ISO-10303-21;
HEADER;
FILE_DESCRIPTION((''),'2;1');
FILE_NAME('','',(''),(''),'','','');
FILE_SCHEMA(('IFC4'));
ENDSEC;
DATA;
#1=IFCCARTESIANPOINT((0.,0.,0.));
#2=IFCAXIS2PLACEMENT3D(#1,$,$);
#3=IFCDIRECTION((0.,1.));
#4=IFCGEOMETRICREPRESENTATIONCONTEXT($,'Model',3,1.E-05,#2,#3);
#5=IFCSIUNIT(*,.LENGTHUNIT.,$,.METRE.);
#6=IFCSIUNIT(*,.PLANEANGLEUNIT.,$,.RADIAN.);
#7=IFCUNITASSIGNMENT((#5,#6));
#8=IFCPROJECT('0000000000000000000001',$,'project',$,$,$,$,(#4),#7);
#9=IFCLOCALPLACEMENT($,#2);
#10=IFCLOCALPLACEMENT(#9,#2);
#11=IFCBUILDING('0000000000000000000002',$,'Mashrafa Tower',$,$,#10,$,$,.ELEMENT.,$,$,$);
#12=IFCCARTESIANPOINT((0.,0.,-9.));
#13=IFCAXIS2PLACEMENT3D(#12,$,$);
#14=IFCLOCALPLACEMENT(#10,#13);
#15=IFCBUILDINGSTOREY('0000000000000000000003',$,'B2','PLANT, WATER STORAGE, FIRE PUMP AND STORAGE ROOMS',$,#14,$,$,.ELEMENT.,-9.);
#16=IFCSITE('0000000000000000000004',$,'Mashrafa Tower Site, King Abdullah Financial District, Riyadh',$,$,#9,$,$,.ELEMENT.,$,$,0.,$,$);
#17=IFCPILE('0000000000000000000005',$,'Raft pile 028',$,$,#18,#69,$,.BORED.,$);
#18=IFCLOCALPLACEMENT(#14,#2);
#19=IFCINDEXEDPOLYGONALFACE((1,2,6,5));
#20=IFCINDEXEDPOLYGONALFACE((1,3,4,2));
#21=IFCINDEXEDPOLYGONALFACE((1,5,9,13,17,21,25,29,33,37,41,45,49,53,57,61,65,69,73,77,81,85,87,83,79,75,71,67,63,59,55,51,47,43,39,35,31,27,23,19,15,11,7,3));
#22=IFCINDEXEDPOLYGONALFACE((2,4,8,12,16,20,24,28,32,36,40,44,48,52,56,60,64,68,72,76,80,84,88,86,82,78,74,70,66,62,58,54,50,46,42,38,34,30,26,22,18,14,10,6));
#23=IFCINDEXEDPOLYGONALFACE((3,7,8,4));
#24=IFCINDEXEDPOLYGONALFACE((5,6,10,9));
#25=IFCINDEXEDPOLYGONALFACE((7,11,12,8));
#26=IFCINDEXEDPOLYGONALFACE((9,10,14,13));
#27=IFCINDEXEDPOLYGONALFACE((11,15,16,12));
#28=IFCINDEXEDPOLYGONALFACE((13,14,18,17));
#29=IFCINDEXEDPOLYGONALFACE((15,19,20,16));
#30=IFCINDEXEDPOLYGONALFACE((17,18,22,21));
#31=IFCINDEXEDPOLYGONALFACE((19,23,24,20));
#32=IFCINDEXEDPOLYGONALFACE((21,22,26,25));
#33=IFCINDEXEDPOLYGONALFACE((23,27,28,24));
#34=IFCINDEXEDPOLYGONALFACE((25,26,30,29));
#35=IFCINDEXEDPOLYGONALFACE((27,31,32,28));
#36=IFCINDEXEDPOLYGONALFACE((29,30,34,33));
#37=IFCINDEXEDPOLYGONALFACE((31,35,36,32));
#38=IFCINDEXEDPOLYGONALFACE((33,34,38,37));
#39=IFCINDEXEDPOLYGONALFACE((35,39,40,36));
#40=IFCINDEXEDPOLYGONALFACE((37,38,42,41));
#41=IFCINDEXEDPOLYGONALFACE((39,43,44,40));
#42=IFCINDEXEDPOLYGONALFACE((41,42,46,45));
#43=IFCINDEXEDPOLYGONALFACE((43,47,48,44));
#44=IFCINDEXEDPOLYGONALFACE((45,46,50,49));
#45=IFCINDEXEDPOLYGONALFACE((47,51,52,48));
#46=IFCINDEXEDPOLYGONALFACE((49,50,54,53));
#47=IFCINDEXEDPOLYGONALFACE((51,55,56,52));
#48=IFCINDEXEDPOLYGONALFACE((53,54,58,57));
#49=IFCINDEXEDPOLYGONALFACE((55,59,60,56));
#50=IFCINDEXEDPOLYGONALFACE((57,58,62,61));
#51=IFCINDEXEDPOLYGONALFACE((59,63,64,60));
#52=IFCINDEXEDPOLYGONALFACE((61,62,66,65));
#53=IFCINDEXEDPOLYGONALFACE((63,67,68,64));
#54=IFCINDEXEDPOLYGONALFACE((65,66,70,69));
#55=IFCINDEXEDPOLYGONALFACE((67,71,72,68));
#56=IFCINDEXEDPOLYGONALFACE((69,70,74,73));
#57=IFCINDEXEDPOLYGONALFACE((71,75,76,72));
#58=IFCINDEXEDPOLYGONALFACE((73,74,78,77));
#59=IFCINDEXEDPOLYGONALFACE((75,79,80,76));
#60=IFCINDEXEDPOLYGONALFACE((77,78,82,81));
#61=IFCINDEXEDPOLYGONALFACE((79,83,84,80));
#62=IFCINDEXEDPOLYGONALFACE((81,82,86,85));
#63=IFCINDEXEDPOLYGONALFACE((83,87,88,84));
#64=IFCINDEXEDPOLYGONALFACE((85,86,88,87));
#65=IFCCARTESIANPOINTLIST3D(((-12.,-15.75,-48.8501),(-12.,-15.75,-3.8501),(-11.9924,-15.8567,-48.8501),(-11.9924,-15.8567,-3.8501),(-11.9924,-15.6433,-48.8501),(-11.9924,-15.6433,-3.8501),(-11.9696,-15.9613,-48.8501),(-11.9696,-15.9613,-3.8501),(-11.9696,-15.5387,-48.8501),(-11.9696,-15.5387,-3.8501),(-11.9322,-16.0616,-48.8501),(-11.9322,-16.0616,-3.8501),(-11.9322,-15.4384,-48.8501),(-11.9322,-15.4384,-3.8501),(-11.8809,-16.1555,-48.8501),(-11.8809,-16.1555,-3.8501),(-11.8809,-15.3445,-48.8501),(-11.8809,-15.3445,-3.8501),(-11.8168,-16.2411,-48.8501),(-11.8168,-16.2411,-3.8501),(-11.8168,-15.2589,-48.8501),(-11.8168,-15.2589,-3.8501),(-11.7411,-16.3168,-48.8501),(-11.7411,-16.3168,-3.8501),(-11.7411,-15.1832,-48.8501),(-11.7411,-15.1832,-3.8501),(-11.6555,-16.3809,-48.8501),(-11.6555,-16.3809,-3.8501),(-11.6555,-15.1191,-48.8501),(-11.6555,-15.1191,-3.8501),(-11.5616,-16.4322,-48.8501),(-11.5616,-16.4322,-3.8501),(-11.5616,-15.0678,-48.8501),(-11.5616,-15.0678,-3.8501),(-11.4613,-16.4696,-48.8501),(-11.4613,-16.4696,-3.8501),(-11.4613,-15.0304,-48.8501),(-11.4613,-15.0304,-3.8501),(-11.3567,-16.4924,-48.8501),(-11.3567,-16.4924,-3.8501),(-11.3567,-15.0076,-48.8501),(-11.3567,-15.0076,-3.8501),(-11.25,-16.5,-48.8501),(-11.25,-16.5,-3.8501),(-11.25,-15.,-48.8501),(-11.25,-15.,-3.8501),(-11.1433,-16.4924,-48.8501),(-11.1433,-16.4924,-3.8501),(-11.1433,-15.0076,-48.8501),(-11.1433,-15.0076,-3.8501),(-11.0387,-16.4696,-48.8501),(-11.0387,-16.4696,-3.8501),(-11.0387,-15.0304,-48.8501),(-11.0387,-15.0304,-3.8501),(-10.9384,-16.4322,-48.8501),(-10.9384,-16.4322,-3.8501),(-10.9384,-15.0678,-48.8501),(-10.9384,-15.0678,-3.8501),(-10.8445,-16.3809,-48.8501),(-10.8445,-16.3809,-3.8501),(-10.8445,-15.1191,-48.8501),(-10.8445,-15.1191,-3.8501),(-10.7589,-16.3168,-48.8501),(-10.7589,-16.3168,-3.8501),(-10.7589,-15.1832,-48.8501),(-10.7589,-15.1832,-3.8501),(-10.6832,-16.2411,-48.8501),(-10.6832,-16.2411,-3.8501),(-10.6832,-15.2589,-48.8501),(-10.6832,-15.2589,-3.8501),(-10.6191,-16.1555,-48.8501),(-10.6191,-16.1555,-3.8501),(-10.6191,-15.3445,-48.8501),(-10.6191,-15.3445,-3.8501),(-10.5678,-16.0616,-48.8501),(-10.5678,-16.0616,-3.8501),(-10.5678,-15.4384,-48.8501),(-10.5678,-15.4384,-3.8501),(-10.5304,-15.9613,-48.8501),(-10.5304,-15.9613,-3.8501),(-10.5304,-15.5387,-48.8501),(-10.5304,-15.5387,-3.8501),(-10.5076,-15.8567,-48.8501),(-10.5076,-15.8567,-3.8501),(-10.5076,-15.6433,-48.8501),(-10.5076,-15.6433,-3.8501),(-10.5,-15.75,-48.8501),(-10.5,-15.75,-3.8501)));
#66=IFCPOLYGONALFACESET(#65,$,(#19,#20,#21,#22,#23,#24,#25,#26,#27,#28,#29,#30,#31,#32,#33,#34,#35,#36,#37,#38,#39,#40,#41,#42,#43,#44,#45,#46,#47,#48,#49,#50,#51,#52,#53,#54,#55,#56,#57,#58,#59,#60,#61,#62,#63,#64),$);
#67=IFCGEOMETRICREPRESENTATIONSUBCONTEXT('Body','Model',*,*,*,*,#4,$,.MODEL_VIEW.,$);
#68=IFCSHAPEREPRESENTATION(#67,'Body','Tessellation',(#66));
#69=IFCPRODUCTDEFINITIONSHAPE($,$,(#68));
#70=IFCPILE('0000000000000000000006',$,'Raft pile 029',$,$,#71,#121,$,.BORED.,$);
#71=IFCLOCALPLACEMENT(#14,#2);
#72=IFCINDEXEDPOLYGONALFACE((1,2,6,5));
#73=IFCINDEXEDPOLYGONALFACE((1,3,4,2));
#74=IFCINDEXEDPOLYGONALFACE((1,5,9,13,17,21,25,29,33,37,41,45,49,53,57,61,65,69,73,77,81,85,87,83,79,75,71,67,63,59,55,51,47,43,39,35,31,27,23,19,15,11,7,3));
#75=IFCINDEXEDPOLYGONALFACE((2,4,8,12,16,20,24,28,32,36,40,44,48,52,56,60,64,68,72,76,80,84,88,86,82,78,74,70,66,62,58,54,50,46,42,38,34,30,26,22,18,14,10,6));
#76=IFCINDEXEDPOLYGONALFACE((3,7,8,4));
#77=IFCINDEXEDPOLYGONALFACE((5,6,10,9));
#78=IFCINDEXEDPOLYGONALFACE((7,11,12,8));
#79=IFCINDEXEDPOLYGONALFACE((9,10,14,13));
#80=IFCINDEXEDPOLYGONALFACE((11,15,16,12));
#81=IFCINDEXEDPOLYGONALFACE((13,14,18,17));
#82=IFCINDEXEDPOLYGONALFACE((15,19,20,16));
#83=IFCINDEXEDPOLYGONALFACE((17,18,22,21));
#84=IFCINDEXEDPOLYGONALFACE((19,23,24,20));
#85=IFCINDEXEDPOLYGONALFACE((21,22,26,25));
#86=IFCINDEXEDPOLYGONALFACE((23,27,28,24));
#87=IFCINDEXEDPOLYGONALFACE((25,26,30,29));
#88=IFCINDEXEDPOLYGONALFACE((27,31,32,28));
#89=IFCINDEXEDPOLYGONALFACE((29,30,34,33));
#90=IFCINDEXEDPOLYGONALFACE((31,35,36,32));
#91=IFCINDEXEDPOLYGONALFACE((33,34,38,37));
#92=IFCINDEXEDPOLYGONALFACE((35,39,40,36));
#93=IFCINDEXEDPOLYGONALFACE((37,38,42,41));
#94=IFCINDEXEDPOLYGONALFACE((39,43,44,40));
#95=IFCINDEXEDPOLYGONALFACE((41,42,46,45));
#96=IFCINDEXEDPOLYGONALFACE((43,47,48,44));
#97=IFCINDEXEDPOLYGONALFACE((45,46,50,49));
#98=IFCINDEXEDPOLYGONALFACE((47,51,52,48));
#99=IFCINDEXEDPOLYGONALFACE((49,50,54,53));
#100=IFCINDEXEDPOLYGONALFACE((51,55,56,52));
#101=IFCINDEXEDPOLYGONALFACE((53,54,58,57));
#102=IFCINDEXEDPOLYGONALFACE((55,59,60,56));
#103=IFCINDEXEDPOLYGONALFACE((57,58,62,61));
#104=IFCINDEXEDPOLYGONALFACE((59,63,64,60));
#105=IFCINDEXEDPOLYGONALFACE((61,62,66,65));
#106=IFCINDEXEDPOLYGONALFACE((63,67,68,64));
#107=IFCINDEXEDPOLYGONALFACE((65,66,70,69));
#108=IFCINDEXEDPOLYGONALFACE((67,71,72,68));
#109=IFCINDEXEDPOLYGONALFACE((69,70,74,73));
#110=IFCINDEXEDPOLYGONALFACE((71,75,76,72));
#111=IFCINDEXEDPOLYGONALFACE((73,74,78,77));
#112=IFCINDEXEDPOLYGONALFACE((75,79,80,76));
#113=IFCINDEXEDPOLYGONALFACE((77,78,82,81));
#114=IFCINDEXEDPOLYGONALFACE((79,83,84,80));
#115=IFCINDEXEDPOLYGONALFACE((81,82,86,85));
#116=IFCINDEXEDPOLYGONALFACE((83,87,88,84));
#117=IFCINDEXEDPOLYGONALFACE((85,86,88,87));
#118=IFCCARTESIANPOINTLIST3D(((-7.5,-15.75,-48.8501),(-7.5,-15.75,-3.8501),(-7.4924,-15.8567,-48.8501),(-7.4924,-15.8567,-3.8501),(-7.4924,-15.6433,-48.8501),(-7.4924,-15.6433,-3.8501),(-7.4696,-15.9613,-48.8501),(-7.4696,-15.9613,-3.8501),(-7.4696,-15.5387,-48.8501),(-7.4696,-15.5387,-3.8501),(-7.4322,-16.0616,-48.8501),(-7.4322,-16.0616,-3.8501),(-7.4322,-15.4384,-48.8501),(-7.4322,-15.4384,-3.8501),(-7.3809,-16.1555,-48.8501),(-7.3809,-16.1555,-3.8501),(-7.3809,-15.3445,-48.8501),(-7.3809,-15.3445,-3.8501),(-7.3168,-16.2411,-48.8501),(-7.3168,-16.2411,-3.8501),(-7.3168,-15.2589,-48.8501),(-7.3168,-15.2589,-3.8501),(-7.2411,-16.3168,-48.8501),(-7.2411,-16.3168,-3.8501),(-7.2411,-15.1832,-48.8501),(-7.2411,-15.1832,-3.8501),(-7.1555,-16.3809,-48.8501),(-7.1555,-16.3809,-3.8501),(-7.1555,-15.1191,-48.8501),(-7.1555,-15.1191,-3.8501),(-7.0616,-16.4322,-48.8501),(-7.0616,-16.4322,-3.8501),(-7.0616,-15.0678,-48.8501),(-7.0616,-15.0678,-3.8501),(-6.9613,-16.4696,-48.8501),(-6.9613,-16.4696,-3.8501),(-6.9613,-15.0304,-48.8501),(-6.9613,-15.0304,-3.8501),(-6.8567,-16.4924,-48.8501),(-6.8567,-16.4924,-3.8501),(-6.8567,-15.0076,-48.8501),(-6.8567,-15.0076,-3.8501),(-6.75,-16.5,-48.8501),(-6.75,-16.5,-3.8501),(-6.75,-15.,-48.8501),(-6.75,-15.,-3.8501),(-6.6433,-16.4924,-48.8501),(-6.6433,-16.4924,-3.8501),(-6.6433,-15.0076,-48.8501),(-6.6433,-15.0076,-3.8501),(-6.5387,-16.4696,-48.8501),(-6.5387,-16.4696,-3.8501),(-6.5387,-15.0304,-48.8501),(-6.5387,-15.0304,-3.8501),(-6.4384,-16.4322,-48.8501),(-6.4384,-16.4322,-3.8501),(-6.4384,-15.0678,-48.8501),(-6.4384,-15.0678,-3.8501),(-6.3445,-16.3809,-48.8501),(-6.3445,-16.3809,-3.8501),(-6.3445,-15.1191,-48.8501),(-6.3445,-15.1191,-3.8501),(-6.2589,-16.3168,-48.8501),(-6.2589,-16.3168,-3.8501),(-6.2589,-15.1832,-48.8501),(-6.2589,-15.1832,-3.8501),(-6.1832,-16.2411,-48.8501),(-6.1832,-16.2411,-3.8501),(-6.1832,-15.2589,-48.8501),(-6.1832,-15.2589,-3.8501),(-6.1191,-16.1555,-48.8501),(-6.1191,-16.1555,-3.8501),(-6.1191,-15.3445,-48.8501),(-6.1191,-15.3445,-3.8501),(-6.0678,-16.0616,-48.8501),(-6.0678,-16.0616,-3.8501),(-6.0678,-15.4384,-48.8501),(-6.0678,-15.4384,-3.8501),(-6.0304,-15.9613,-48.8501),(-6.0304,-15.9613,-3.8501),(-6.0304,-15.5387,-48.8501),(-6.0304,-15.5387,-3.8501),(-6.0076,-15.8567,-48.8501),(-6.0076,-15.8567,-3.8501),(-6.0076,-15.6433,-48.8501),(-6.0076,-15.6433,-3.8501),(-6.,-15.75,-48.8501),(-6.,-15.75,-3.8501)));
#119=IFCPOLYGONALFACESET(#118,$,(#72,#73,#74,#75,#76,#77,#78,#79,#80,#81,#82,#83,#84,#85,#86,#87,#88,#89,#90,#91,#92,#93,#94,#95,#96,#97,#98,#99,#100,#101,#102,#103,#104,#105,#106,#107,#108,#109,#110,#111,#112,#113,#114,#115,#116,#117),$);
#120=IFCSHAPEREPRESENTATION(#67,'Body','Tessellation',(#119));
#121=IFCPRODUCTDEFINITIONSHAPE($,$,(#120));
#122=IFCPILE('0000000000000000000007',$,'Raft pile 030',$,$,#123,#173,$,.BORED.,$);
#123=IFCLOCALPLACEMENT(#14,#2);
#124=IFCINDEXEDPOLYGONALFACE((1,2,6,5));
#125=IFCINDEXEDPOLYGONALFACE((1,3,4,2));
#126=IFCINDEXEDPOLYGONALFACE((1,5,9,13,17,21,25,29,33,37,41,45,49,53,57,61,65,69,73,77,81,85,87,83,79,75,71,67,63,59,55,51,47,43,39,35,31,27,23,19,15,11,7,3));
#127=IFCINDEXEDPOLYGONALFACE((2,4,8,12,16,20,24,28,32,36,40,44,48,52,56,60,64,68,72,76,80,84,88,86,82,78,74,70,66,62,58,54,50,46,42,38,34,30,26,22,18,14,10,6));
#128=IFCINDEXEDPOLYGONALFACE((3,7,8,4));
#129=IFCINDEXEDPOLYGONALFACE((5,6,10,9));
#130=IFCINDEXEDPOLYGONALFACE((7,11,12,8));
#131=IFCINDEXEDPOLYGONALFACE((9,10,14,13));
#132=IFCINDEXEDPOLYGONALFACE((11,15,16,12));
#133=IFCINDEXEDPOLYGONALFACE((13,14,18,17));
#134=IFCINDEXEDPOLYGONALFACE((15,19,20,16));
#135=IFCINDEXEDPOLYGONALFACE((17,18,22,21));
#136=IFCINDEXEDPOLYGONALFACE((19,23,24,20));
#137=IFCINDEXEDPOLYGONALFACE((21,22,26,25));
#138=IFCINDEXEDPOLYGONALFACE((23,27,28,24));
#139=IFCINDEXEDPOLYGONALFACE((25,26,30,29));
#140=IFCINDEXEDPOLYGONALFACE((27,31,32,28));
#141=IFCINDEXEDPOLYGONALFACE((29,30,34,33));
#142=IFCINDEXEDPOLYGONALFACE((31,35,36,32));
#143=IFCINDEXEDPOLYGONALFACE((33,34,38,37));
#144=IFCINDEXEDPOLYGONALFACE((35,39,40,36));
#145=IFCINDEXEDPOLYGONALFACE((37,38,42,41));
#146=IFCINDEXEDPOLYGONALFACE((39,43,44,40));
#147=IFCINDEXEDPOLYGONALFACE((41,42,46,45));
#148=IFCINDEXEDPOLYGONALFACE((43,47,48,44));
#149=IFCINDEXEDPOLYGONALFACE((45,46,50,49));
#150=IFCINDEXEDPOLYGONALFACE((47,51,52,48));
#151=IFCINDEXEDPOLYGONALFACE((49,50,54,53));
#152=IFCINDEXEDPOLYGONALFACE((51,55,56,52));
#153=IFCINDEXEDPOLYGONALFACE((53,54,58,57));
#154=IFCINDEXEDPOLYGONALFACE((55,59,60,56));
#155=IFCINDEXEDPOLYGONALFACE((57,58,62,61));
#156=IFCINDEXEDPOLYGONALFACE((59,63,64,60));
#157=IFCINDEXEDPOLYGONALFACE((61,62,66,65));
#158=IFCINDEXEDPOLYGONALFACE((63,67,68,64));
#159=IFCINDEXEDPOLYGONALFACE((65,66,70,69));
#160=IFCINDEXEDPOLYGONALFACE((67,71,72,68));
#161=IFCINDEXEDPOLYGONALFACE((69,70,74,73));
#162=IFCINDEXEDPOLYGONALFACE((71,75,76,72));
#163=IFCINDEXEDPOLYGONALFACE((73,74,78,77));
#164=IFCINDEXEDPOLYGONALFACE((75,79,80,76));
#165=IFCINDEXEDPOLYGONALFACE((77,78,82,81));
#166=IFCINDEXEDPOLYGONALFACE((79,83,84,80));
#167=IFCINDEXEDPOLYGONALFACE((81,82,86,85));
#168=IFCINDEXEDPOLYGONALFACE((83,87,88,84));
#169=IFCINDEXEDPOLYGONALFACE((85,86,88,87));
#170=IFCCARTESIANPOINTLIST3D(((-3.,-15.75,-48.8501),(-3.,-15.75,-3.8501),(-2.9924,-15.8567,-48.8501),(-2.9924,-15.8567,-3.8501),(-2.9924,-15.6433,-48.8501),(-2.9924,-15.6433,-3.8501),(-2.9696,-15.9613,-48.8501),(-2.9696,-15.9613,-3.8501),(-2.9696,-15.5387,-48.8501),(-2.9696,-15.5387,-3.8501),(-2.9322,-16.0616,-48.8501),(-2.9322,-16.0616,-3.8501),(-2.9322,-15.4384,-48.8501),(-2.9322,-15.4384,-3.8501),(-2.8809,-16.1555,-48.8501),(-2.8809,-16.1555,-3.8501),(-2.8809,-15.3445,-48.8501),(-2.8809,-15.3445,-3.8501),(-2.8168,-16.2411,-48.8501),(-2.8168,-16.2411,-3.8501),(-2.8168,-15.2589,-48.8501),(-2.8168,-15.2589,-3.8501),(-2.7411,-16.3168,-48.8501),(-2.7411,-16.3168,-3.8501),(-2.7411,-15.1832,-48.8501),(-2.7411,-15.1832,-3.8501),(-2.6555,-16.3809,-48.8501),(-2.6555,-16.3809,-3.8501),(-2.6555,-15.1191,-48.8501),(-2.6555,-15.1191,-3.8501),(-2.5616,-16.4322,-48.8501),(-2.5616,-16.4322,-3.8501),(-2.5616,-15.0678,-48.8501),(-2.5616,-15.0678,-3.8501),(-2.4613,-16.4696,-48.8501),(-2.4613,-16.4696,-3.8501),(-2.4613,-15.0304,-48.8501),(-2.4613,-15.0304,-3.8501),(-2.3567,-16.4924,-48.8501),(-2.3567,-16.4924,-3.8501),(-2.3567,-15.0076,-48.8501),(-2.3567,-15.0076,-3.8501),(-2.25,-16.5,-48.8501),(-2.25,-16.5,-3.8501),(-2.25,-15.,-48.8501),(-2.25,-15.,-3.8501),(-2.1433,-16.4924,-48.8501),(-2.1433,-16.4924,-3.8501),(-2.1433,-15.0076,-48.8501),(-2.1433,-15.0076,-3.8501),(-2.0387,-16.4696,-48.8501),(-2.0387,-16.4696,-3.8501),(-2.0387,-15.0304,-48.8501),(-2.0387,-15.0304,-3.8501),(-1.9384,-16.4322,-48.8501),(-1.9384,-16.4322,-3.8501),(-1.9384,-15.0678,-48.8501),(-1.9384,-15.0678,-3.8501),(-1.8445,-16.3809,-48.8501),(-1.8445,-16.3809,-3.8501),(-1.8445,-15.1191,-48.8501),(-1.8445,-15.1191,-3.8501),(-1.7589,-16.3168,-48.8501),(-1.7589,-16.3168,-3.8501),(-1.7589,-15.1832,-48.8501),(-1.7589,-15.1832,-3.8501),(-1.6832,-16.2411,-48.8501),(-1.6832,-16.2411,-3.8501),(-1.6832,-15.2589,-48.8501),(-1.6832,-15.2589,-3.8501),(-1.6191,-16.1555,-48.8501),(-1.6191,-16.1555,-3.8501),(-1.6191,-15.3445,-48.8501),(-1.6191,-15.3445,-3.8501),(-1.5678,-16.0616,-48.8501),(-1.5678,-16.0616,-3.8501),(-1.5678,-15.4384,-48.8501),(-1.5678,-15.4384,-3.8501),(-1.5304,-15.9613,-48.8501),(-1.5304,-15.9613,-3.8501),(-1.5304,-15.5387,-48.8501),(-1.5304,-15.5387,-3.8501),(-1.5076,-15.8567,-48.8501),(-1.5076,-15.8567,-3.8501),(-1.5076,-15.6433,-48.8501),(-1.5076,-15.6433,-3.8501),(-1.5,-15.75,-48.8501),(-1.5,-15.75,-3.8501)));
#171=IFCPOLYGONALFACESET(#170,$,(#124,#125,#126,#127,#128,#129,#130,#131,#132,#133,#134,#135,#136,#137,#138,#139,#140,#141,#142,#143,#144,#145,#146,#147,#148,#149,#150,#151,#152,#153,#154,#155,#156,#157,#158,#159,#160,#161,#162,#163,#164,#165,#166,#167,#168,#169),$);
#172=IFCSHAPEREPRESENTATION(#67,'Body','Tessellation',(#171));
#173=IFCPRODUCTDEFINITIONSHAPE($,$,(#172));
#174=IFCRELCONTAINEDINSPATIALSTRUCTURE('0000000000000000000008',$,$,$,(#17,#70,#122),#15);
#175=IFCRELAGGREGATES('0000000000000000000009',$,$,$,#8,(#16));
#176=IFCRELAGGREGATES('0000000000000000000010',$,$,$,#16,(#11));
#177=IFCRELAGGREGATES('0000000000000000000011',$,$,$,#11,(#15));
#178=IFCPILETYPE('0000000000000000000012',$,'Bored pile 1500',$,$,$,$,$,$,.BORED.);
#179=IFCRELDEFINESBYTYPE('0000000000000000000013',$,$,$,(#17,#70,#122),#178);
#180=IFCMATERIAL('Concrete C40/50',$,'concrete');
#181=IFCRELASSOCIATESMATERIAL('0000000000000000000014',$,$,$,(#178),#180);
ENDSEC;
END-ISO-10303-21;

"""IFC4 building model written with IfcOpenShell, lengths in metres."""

from ifc_helpers import new_model, si_unit, direction, frame, origin, origin_2d, place, context, subcontext, project, spatial, circle, extrude, material, material_profile, profile_set, type_object, element, save


model = new_model("IFC4")

# Units and contexts
model_context = context("Model", 3, precision=1e-05, world=origin(), true_north=direction((0.0, 1.0)))
body_context = subcontext(model_context, "Body", "Model", "MODEL_VIEW")
ifc_project = project(units=[si_unit("LENGTHUNIT", "METRE"), si_unit("PLANEANGLEUNIT", "RADIAN")], contexts=[model_context])

# Site, building, storey
site_placement = place(None, origin())
site = spatial("IfcSite", under=ifc_project, at=site_placement, Name="Mashrafa Tower Site, King Abdullah Financial District, Riyadh", CompositionType="ELEMENT", RefElevation=0.0)
building_placement = place(site_placement, origin())
building = spatial("IfcBuilding", under=site, at=building_placement, Name="Mashrafa Tower", CompositionType="ELEMENT")
storey_placement = place(building_placement, frame((0.0, 0.0, -9.0)))
storey = spatial("IfcBuildingStorey", under=building, at=storey_placement, Name="B2", Description="PLANT, WATER STORAGE, FIRE PUMP AND STORAGE ROOMS", CompositionType="ELEMENT", Elevation=-9.0)

# Piles
ifc_material_1 = material(Name="Concrete C40/50", Category="concrete")
ifc_material_profile_1 = material_profile(ifc_material_1, circle(Radius=0.75, at=origin_2d()), Name="1500 DIA")
ifc_profile_set_1 = profile_set([ifc_material_profile_1], Name="Concrete C40/50")
pile_type_1 = type_object("IfcPileType", Name="Bored pile 1500", PredefinedType="BORED", material=ifc_profile_set_1)
for number, where, z_axis, x_axis, name in (
    (1, (-11.25, -15.75, -3.8501), (0.0, 0.0, -1.0), (1.0, 0.0, 0.0), "Raft pile 028"),
    (2, (-6.75, -15.75, -3.8501), (0.0, 0.0, -1.0), (1.0, 0.0, 0.0), "Raft pile 029"),
    (3, (-2.25, -15.75, -3.8501), (0.0, 0.0, -1.0), (1.0, 0.0, 0.0), "Raft pile 030"),
):
    element("IfcPile", number, at=place(storey_placement, frame(where, z_axis=z_axis, x_axis=x_axis)), inside=storey, type_object=pile_type_1, Name=name, PredefinedType="BORED", context=body_context, shape_type="SweptSolid", body=[
        extrude(circle(Radius=0.75, at=origin_2d()), origin(), (0.0, 0.0, 1.0), 45.0),
    ])

save(model, "model.ifc")
